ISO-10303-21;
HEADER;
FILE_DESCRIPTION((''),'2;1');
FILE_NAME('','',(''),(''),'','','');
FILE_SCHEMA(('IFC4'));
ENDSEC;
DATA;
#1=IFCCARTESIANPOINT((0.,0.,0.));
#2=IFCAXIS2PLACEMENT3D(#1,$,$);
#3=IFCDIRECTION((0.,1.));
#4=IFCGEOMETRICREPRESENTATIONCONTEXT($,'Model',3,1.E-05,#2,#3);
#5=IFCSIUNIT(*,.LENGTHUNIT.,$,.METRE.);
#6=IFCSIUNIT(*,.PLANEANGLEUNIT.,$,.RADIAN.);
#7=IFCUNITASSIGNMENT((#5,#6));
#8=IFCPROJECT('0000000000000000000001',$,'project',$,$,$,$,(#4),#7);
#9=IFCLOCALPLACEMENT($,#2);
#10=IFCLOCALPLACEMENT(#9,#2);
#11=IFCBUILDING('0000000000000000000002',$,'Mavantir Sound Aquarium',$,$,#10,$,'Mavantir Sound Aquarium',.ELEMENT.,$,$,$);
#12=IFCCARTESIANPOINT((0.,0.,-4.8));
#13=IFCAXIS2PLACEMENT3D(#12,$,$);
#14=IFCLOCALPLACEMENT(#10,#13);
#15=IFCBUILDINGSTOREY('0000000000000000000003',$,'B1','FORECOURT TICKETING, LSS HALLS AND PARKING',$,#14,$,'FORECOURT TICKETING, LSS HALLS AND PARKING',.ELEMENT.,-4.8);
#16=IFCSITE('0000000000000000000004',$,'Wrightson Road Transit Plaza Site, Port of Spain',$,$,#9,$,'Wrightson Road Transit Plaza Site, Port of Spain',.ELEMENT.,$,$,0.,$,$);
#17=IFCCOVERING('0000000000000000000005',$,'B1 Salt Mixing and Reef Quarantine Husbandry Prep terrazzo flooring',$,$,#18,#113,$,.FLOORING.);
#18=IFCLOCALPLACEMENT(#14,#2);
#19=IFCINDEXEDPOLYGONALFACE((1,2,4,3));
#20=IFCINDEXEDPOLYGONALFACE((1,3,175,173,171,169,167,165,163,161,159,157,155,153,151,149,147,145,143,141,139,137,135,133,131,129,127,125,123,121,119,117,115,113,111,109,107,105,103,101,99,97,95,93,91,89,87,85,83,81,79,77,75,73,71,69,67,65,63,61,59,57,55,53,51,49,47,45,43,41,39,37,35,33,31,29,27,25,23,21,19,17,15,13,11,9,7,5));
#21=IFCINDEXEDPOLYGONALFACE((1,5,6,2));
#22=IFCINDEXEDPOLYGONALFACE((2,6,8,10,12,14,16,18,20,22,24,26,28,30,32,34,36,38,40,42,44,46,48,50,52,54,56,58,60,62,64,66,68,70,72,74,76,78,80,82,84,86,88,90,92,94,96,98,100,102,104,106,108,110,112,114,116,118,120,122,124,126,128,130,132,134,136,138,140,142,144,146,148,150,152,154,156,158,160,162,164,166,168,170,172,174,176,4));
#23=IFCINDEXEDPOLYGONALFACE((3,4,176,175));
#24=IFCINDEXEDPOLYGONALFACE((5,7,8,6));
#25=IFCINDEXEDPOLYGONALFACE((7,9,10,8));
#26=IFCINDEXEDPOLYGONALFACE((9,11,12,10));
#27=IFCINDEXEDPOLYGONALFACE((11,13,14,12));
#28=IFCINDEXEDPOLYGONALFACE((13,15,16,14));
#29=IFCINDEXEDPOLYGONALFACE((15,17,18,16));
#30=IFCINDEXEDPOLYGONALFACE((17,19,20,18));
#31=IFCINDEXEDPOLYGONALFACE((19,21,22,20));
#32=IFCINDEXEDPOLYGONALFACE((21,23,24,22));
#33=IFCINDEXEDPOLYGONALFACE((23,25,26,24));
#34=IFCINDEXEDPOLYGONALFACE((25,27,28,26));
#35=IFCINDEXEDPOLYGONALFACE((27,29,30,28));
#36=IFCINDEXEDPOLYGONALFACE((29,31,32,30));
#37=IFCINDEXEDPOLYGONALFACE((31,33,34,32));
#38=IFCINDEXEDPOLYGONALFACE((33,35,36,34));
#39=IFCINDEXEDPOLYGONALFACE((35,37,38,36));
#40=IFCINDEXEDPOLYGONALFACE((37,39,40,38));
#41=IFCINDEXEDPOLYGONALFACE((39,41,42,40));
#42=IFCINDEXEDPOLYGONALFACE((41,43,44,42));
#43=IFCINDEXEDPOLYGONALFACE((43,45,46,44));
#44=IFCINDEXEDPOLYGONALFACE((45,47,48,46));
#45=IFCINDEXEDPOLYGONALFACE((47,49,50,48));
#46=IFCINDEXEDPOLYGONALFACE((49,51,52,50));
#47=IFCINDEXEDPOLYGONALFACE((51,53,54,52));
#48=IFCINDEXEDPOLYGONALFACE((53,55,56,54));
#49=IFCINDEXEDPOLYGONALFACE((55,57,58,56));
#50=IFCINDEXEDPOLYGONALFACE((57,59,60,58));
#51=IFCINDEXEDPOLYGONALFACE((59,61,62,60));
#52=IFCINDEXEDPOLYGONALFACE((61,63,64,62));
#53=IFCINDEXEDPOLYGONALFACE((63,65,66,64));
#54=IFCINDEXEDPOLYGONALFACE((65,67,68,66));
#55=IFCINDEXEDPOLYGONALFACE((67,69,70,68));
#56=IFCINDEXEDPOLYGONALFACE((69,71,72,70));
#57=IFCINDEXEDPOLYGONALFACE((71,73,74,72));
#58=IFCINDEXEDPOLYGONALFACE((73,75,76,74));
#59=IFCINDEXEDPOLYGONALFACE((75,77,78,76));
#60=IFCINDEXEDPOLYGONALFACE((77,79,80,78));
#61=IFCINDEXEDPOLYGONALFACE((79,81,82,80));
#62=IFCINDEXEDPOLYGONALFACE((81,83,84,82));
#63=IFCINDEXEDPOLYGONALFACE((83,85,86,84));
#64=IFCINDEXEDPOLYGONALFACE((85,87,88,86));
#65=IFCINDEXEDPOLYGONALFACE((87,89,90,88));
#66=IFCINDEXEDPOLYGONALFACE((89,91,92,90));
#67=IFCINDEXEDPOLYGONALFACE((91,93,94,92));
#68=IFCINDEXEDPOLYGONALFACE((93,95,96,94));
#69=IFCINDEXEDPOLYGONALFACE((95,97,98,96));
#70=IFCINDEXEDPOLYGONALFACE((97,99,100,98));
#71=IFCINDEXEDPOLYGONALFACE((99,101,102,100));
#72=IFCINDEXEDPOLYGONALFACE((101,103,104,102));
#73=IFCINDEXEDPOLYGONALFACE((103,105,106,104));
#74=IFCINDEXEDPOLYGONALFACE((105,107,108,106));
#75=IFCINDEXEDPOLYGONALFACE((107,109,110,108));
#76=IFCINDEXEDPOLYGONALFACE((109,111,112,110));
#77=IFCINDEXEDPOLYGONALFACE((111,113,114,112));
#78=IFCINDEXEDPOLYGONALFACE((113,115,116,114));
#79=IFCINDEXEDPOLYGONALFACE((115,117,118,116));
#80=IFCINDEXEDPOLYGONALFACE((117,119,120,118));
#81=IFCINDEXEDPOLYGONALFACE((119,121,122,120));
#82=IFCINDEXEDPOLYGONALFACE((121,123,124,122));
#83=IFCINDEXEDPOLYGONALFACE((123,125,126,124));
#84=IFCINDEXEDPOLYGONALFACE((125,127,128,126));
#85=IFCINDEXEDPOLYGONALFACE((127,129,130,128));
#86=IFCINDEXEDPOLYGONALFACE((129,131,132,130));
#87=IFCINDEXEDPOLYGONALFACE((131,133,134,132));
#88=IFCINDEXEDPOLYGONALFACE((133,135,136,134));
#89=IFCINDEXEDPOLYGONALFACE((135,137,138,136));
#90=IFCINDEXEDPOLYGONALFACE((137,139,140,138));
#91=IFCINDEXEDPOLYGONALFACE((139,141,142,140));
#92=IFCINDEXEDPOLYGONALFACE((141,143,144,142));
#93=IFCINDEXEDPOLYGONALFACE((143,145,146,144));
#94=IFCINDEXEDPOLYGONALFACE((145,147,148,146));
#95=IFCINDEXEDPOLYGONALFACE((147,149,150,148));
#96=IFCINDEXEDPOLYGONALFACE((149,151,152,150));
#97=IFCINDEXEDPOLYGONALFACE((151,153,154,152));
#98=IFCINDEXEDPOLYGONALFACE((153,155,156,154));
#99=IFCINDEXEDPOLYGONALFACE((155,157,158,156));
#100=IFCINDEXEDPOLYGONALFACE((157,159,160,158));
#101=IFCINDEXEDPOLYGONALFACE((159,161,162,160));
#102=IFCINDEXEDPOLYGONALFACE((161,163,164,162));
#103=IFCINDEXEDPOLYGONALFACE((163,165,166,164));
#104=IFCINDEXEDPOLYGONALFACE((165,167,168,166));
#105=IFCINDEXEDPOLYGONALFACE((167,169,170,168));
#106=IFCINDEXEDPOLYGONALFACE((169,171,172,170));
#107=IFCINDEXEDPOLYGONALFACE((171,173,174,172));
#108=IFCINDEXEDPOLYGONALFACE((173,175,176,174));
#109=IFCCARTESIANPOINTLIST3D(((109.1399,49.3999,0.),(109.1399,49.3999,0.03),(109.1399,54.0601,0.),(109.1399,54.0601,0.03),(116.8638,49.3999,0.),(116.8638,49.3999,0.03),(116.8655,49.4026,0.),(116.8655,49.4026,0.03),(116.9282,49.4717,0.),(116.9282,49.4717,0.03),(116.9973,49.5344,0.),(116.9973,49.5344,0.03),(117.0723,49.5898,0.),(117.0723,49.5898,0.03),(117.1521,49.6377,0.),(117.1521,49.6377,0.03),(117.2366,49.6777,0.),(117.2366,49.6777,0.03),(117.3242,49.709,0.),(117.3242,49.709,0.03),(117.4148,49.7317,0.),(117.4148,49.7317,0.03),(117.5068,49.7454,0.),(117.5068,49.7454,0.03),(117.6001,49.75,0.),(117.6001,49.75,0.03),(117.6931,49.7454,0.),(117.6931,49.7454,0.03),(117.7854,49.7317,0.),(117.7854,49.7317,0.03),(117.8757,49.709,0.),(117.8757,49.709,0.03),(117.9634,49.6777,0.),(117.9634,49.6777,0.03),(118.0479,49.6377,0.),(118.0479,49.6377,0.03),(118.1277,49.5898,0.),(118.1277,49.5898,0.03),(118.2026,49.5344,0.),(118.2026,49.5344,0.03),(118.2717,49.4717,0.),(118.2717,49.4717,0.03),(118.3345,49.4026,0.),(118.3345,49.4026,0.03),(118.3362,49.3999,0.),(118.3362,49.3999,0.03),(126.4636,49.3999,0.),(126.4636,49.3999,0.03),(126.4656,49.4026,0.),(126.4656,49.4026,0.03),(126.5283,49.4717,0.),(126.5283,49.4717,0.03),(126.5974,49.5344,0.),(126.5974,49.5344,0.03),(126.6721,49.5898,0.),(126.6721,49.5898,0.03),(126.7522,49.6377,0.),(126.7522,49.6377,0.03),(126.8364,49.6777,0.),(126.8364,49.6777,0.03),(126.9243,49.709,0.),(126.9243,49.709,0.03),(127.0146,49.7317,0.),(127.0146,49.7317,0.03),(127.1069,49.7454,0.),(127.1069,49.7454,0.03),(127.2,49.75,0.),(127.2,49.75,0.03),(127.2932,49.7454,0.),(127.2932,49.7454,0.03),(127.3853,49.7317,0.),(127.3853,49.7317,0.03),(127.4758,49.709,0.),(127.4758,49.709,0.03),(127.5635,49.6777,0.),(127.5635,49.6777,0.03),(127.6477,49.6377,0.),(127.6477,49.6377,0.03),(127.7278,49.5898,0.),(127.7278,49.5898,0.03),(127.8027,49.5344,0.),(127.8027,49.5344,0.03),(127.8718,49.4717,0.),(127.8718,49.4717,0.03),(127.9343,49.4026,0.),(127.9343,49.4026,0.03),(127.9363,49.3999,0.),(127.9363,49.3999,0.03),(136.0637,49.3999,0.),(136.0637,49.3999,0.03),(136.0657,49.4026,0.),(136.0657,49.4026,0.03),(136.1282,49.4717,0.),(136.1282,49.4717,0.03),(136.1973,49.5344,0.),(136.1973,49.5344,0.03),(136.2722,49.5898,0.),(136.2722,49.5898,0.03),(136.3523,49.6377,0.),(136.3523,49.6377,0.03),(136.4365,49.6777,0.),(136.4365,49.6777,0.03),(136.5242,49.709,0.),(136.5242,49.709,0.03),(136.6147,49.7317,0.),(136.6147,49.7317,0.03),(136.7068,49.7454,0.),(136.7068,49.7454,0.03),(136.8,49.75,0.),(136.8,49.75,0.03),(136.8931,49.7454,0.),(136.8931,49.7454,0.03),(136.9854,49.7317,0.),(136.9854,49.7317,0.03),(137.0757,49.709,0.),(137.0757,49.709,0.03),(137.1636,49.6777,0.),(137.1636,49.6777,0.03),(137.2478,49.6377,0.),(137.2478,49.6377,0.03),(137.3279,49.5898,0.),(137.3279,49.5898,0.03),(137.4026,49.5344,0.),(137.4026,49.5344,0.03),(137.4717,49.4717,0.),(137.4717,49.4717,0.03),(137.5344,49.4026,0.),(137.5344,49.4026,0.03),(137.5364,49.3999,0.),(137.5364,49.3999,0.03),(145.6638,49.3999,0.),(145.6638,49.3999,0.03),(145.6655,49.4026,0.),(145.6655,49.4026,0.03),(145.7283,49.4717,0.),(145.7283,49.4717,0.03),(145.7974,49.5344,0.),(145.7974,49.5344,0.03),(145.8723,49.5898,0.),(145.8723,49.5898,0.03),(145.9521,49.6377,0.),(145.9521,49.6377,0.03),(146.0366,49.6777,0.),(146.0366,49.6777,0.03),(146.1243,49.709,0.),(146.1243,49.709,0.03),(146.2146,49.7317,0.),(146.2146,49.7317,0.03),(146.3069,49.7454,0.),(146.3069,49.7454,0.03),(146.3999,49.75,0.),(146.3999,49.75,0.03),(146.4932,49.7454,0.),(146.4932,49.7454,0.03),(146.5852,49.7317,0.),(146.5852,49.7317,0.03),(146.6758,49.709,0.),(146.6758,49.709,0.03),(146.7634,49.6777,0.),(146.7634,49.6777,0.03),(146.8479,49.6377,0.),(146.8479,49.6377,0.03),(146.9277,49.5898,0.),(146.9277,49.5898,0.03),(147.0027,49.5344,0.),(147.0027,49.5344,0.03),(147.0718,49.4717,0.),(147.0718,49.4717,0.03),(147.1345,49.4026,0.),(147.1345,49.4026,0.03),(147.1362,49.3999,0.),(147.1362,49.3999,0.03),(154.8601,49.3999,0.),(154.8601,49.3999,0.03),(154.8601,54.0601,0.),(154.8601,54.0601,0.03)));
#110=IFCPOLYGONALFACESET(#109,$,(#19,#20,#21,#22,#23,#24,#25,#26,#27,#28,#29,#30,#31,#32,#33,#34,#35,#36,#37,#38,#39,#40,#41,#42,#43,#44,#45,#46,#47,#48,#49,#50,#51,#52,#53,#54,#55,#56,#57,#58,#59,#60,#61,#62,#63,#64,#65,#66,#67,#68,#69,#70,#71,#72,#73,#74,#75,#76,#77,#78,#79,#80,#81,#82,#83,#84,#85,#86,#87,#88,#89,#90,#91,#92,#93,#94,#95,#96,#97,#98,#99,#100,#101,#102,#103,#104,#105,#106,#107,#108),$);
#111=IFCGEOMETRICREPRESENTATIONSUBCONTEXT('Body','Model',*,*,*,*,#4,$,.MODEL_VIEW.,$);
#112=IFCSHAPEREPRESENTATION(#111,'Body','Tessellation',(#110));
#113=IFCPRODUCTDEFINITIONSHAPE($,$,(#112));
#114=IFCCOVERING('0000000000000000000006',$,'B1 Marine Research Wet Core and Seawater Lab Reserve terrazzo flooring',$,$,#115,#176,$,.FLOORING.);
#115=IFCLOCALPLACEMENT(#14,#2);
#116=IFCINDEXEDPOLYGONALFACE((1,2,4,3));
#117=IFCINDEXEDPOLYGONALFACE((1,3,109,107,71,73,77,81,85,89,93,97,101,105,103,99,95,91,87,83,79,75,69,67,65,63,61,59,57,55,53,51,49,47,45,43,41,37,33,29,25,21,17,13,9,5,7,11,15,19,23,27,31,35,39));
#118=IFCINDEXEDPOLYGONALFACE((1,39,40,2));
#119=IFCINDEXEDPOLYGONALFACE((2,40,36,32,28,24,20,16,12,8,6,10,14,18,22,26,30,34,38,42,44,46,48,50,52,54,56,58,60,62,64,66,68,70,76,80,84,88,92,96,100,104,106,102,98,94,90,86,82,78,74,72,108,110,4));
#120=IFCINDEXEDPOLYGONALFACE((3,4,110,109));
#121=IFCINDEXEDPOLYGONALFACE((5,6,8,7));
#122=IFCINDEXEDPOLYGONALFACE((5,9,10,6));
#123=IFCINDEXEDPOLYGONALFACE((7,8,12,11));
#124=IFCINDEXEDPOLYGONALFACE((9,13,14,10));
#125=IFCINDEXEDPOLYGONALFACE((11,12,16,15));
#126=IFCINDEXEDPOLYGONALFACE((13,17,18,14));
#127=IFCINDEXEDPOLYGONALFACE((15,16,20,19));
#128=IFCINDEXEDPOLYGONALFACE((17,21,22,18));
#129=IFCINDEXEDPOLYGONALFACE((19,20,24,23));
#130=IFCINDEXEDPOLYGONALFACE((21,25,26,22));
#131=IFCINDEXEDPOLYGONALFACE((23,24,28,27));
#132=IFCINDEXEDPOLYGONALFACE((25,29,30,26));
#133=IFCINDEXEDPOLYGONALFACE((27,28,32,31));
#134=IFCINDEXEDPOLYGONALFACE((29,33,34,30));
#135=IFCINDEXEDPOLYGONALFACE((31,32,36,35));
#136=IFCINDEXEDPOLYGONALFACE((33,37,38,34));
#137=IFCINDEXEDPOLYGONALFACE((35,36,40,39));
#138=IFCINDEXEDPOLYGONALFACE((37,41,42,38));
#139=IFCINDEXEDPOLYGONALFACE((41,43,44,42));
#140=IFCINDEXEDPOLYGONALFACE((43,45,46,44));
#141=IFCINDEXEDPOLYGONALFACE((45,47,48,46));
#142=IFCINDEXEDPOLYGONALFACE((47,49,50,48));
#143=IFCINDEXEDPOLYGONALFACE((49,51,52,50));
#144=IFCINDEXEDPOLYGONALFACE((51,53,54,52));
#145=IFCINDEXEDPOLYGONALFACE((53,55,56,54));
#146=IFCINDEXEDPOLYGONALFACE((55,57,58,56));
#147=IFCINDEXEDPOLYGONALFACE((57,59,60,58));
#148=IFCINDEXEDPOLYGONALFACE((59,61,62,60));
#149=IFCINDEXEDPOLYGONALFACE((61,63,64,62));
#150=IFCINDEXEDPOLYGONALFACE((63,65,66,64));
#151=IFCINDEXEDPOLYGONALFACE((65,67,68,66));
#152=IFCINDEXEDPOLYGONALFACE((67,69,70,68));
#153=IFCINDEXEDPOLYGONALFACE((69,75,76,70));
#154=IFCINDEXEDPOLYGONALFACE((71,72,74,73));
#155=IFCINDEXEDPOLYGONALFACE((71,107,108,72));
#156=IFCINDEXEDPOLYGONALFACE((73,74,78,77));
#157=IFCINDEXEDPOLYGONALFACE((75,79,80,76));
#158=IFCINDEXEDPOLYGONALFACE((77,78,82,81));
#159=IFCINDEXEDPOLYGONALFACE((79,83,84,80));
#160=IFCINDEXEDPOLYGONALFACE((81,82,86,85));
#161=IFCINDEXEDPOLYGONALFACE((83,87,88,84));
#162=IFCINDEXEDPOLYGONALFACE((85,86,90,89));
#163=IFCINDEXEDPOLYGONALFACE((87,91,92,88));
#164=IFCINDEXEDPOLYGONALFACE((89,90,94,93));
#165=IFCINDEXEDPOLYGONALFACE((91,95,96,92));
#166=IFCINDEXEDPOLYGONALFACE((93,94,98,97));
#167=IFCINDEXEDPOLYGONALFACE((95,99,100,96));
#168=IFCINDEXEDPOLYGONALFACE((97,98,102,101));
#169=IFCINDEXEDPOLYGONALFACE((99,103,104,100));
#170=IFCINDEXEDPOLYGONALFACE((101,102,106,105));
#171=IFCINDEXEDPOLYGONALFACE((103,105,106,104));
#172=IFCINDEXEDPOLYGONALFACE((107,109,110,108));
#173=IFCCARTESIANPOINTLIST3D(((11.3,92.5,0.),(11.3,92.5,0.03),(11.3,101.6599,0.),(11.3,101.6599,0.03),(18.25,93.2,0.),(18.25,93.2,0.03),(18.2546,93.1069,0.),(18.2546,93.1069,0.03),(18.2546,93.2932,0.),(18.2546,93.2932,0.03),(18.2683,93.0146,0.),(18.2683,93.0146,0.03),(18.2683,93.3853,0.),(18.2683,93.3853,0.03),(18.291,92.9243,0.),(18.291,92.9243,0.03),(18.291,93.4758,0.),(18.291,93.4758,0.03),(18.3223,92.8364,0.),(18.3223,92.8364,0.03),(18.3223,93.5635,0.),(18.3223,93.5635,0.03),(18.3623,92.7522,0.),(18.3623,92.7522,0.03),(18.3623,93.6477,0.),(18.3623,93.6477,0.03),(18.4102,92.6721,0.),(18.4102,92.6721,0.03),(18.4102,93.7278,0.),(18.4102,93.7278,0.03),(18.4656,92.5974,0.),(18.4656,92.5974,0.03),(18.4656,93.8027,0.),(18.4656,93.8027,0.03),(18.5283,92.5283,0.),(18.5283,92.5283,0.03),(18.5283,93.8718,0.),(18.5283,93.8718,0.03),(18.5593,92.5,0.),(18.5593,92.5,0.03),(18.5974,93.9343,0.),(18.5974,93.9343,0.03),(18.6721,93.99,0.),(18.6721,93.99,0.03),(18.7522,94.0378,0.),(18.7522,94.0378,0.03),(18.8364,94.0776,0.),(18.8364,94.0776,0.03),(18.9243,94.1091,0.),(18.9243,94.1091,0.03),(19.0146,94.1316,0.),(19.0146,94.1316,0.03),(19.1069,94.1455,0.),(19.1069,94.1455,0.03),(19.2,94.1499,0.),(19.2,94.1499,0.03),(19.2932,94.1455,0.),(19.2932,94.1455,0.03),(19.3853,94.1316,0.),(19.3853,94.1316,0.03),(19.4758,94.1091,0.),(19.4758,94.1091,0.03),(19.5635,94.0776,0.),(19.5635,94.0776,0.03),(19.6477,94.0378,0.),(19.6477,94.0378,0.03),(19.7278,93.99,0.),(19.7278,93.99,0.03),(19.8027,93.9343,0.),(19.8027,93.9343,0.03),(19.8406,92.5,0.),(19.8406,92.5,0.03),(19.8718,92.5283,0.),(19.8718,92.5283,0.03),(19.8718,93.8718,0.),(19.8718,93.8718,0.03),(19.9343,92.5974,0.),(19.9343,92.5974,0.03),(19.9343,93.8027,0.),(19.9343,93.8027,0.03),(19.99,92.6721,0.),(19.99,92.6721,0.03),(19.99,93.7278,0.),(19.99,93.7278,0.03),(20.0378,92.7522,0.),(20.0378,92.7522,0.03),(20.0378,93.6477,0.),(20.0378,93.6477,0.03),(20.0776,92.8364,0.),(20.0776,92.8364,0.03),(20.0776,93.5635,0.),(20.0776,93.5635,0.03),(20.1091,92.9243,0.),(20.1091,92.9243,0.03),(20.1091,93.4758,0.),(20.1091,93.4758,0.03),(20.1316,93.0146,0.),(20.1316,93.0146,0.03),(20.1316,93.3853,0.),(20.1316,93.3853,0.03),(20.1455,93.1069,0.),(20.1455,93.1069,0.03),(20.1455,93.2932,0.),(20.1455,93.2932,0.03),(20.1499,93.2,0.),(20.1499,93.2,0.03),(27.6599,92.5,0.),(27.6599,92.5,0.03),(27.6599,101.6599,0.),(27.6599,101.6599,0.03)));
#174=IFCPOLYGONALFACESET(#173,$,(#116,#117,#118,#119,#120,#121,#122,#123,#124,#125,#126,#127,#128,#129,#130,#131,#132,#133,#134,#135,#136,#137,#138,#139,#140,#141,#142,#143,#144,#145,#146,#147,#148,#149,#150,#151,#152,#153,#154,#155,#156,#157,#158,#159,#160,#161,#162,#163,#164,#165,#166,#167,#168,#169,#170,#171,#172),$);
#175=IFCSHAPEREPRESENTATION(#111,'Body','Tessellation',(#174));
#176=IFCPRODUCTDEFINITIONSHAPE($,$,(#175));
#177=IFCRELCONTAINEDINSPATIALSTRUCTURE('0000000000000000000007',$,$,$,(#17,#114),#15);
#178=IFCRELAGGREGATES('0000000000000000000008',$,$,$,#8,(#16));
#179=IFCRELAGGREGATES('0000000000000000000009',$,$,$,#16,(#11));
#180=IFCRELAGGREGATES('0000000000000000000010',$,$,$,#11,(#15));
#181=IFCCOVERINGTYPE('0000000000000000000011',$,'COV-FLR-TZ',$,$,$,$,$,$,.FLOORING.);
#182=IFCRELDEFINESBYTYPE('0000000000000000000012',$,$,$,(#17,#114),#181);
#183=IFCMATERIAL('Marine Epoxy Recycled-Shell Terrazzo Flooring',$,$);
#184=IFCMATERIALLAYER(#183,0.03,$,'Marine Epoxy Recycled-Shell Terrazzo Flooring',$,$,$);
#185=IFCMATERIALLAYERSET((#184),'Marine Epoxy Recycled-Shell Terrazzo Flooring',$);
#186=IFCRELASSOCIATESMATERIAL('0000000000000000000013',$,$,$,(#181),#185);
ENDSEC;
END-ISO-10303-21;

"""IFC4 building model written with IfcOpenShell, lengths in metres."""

from ifc_helpers import new_model, si_unit, direction, frame, origin, place, context, subcontext, project, spatial, polyline, outline, extrude, material, layer, layer_set, type_object, element, save


model = new_model("IFC4")

# Units and contexts
model_context = context("Model", 3, precision=1e-05, world=origin(), true_north=direction((0.0, 1.0)))
body_context = subcontext(model_context, "Body", "Model", "MODEL_VIEW")
ifc_project = project(units=[si_unit("LENGTHUNIT", "METRE"), si_unit("PLANEANGLEUNIT", "RADIAN")], contexts=[model_context])

# Site, building, storey
site_placement = place(None, origin())
site = spatial("IfcSite", under=ifc_project, at=site_placement, Name="Wrightson Road Transit Plaza Site, Port of Spain", LongName="Wrightson Road Transit Plaza Site, Port of Spain", CompositionType="ELEMENT", RefElevation=0.0)
building_placement = place(site_placement, origin())
building = spatial("IfcBuilding", under=site, at=building_placement, Name="Mavantir Sound Aquarium", LongName="Mavantir Sound Aquarium", CompositionType="ELEMENT")
storey_placement = place(building_placement, frame((0.0, 0.0, -4.8)))
storey = spatial("IfcBuildingStorey", under=building, at=storey_placement, Name="B1", Description="FORECOURT TICKETING, LSS HALLS AND PARKING", LongName="FORECOURT TICKETING, LSS HALLS AND PARKING", CompositionType="ELEMENT", Elevation=-4.8)

# Coverings
ifc_material_1 = material(Name="Marine Epoxy Recycled-Shell Terrazzo Flooring")
ifc_layer_1 = layer(ifc_material_1, 0.03, Name="Marine Epoxy Recycled-Shell Terrazzo Flooring")
ifc_layer_set_1 = layer_set([ifc_layer_1], Name="Marine Epoxy Recycled-Shell Terrazzo Flooring")
covering_type_1 = type_object("IfcCoveringType", Name="COV-FLR-TZ", PredefinedType="FLOORING", material=ifc_layer_set_1)
covering_1_placement = place(storey_placement, origin())
element("IfcCovering", 1, at=covering_1_placement, inside=storey, type_object=covering_type_1, Name="B1 Salt Mixing and Reef Quarantine Husbandry Prep terrazzo flooring", PredefinedType="FLOORING", context=body_context, shape_type="SweptSolid", body=[
    extrude(outline(polyline([(154.8601, 54.0601), (154.8601, 49.3999), (147.1362, 49.3999), (147.1345, 49.4026), (147.0718, 49.4717), (147.0027, 49.5344), (146.9277, 49.5898), (146.8479, 49.6377), (146.7634, 49.6777), (146.6758, 49.709), (146.5852, 49.7317), (146.4932, 49.7454), (146.3999, 49.75), (146.3069, 49.7454), (146.2146, 49.7317), (146.1243, 49.709), (146.0366, 49.6777), (145.9521, 49.6377), (145.8723, 49.5898), (145.7974, 49.5344), (145.7283, 49.4717), (145.6655, 49.4026), (145.6638, 49.3999), (137.5364, 49.3999), (137.5344, 49.4026), (137.4717, 49.4717), (137.4026, 49.5344), (137.3279, 49.5898), (137.2478, 49.6377), (137.1636, 49.6777), (137.0757, 49.709), (136.9854, 49.7317), (136.8931, 49.7454), (136.8, 49.75), (136.7068, 49.7454), (136.6147, 49.7317), (136.5242, 49.709), (136.4365, 49.6777), (136.3523, 49.6377), (136.2722, 49.5898), (136.1973, 49.5344), (136.1282, 49.4717), (136.0657, 49.4026), (136.0637, 49.3999), (127.9363, 49.3999), (127.9343, 49.4026), (127.8718, 49.4717), (127.8027, 49.5344), (127.7278, 49.5898), (127.6477, 49.6377), (127.5635, 49.6777), (127.4758, 49.709), (127.3853, 49.7317), (127.2932, 49.7454), (127.2, 49.75), (127.1069, 49.7454), (127.0146, 49.7317), (126.9243, 49.709), (126.8364, 49.6777), (126.7522, 49.6377), (126.6721, 49.5898), (126.5974, 49.5344), (126.5283, 49.4717), (126.4656, 49.4026), (126.4636, 49.3999), (118.3362, 49.3999), (118.3345, 49.4026), (118.2717, 49.4717), (118.2026, 49.5344), (118.1277, 49.5898), (118.0479, 49.6377), (117.9634, 49.6777), (117.8757, 49.709), (117.7854, 49.7317), (117.6931, 49.7454), (117.6001, 49.75), (117.5068, 49.7454), (117.4148, 49.7317), (117.3242, 49.709), (117.2366, 49.6777), (117.1521, 49.6377), (117.0723, 49.5898), (116.9973, 49.5344), (116.9282, 49.4717), (116.8655, 49.4026), (116.8638, 49.3999), (109.1399, 49.3999), (109.1399, 54.0601), (154.8601, 54.0601)])), origin(), (0.0, 0.0, 1.0), 0.03),
])
covering_2_placement = place(storey_placement, origin())
element("IfcCovering", 2, at=covering_2_placement, inside=storey, type_object=covering_type_1, Name="B1 Marine Research Wet Core and Seawater Lab Reserve terrazzo flooring", PredefinedType="FLOORING", context=body_context, shape_type="SweptSolid", body=[
    extrude(outline(polyline([(27.6599, 101.6599), (27.6599, 92.5), (19.8406, 92.5), (19.8718, 92.5283), (19.9343, 92.5974), (19.99, 92.6721), (20.0378, 92.7522), (20.0776, 92.8364), (20.1091, 92.9243), (20.1316, 93.0146), (20.1455, 93.1069), (20.1499, 93.2), (20.1455, 93.2932), (20.1316, 93.3853), (20.1091, 93.4758), (20.0776, 93.5635), (20.0378, 93.6477), (19.99, 93.7278), (19.9343, 93.8027), (19.8718, 93.8718), (19.8027, 93.9343), (19.7278, 93.99), (19.6477, 94.0378), (19.5635, 94.0776), (19.4758, 94.1091), (19.3853, 94.1316), (19.2932, 94.1455), (19.2, 94.1499), (19.1069, 94.1455), (19.0146, 94.1316), (18.9243, 94.1091), (18.8364, 94.0776), (18.7522, 94.0378), (18.6721, 93.99), (18.5974, 93.9343), (18.5283, 93.8718), (18.4656, 93.8027), (18.4102, 93.7278), (18.3623, 93.6477), (18.3223, 93.5635), (18.291, 93.4758), (18.2683, 93.3853), (18.2546, 93.2932), (18.25, 93.2), (18.2546, 93.1069), (18.2683, 93.0146), (18.291, 92.9243), (18.3223, 92.8364), (18.3623, 92.7522), (18.4102, 92.6721), (18.4656, 92.5974), (18.5283, 92.5283), (18.5593, 92.5), (11.3, 92.5), (11.3, 101.6599), (27.6599, 101.6599)])), origin(), (0.0, 0.0, 1.0), 0.03),
])

save(model, "model.ifc")
